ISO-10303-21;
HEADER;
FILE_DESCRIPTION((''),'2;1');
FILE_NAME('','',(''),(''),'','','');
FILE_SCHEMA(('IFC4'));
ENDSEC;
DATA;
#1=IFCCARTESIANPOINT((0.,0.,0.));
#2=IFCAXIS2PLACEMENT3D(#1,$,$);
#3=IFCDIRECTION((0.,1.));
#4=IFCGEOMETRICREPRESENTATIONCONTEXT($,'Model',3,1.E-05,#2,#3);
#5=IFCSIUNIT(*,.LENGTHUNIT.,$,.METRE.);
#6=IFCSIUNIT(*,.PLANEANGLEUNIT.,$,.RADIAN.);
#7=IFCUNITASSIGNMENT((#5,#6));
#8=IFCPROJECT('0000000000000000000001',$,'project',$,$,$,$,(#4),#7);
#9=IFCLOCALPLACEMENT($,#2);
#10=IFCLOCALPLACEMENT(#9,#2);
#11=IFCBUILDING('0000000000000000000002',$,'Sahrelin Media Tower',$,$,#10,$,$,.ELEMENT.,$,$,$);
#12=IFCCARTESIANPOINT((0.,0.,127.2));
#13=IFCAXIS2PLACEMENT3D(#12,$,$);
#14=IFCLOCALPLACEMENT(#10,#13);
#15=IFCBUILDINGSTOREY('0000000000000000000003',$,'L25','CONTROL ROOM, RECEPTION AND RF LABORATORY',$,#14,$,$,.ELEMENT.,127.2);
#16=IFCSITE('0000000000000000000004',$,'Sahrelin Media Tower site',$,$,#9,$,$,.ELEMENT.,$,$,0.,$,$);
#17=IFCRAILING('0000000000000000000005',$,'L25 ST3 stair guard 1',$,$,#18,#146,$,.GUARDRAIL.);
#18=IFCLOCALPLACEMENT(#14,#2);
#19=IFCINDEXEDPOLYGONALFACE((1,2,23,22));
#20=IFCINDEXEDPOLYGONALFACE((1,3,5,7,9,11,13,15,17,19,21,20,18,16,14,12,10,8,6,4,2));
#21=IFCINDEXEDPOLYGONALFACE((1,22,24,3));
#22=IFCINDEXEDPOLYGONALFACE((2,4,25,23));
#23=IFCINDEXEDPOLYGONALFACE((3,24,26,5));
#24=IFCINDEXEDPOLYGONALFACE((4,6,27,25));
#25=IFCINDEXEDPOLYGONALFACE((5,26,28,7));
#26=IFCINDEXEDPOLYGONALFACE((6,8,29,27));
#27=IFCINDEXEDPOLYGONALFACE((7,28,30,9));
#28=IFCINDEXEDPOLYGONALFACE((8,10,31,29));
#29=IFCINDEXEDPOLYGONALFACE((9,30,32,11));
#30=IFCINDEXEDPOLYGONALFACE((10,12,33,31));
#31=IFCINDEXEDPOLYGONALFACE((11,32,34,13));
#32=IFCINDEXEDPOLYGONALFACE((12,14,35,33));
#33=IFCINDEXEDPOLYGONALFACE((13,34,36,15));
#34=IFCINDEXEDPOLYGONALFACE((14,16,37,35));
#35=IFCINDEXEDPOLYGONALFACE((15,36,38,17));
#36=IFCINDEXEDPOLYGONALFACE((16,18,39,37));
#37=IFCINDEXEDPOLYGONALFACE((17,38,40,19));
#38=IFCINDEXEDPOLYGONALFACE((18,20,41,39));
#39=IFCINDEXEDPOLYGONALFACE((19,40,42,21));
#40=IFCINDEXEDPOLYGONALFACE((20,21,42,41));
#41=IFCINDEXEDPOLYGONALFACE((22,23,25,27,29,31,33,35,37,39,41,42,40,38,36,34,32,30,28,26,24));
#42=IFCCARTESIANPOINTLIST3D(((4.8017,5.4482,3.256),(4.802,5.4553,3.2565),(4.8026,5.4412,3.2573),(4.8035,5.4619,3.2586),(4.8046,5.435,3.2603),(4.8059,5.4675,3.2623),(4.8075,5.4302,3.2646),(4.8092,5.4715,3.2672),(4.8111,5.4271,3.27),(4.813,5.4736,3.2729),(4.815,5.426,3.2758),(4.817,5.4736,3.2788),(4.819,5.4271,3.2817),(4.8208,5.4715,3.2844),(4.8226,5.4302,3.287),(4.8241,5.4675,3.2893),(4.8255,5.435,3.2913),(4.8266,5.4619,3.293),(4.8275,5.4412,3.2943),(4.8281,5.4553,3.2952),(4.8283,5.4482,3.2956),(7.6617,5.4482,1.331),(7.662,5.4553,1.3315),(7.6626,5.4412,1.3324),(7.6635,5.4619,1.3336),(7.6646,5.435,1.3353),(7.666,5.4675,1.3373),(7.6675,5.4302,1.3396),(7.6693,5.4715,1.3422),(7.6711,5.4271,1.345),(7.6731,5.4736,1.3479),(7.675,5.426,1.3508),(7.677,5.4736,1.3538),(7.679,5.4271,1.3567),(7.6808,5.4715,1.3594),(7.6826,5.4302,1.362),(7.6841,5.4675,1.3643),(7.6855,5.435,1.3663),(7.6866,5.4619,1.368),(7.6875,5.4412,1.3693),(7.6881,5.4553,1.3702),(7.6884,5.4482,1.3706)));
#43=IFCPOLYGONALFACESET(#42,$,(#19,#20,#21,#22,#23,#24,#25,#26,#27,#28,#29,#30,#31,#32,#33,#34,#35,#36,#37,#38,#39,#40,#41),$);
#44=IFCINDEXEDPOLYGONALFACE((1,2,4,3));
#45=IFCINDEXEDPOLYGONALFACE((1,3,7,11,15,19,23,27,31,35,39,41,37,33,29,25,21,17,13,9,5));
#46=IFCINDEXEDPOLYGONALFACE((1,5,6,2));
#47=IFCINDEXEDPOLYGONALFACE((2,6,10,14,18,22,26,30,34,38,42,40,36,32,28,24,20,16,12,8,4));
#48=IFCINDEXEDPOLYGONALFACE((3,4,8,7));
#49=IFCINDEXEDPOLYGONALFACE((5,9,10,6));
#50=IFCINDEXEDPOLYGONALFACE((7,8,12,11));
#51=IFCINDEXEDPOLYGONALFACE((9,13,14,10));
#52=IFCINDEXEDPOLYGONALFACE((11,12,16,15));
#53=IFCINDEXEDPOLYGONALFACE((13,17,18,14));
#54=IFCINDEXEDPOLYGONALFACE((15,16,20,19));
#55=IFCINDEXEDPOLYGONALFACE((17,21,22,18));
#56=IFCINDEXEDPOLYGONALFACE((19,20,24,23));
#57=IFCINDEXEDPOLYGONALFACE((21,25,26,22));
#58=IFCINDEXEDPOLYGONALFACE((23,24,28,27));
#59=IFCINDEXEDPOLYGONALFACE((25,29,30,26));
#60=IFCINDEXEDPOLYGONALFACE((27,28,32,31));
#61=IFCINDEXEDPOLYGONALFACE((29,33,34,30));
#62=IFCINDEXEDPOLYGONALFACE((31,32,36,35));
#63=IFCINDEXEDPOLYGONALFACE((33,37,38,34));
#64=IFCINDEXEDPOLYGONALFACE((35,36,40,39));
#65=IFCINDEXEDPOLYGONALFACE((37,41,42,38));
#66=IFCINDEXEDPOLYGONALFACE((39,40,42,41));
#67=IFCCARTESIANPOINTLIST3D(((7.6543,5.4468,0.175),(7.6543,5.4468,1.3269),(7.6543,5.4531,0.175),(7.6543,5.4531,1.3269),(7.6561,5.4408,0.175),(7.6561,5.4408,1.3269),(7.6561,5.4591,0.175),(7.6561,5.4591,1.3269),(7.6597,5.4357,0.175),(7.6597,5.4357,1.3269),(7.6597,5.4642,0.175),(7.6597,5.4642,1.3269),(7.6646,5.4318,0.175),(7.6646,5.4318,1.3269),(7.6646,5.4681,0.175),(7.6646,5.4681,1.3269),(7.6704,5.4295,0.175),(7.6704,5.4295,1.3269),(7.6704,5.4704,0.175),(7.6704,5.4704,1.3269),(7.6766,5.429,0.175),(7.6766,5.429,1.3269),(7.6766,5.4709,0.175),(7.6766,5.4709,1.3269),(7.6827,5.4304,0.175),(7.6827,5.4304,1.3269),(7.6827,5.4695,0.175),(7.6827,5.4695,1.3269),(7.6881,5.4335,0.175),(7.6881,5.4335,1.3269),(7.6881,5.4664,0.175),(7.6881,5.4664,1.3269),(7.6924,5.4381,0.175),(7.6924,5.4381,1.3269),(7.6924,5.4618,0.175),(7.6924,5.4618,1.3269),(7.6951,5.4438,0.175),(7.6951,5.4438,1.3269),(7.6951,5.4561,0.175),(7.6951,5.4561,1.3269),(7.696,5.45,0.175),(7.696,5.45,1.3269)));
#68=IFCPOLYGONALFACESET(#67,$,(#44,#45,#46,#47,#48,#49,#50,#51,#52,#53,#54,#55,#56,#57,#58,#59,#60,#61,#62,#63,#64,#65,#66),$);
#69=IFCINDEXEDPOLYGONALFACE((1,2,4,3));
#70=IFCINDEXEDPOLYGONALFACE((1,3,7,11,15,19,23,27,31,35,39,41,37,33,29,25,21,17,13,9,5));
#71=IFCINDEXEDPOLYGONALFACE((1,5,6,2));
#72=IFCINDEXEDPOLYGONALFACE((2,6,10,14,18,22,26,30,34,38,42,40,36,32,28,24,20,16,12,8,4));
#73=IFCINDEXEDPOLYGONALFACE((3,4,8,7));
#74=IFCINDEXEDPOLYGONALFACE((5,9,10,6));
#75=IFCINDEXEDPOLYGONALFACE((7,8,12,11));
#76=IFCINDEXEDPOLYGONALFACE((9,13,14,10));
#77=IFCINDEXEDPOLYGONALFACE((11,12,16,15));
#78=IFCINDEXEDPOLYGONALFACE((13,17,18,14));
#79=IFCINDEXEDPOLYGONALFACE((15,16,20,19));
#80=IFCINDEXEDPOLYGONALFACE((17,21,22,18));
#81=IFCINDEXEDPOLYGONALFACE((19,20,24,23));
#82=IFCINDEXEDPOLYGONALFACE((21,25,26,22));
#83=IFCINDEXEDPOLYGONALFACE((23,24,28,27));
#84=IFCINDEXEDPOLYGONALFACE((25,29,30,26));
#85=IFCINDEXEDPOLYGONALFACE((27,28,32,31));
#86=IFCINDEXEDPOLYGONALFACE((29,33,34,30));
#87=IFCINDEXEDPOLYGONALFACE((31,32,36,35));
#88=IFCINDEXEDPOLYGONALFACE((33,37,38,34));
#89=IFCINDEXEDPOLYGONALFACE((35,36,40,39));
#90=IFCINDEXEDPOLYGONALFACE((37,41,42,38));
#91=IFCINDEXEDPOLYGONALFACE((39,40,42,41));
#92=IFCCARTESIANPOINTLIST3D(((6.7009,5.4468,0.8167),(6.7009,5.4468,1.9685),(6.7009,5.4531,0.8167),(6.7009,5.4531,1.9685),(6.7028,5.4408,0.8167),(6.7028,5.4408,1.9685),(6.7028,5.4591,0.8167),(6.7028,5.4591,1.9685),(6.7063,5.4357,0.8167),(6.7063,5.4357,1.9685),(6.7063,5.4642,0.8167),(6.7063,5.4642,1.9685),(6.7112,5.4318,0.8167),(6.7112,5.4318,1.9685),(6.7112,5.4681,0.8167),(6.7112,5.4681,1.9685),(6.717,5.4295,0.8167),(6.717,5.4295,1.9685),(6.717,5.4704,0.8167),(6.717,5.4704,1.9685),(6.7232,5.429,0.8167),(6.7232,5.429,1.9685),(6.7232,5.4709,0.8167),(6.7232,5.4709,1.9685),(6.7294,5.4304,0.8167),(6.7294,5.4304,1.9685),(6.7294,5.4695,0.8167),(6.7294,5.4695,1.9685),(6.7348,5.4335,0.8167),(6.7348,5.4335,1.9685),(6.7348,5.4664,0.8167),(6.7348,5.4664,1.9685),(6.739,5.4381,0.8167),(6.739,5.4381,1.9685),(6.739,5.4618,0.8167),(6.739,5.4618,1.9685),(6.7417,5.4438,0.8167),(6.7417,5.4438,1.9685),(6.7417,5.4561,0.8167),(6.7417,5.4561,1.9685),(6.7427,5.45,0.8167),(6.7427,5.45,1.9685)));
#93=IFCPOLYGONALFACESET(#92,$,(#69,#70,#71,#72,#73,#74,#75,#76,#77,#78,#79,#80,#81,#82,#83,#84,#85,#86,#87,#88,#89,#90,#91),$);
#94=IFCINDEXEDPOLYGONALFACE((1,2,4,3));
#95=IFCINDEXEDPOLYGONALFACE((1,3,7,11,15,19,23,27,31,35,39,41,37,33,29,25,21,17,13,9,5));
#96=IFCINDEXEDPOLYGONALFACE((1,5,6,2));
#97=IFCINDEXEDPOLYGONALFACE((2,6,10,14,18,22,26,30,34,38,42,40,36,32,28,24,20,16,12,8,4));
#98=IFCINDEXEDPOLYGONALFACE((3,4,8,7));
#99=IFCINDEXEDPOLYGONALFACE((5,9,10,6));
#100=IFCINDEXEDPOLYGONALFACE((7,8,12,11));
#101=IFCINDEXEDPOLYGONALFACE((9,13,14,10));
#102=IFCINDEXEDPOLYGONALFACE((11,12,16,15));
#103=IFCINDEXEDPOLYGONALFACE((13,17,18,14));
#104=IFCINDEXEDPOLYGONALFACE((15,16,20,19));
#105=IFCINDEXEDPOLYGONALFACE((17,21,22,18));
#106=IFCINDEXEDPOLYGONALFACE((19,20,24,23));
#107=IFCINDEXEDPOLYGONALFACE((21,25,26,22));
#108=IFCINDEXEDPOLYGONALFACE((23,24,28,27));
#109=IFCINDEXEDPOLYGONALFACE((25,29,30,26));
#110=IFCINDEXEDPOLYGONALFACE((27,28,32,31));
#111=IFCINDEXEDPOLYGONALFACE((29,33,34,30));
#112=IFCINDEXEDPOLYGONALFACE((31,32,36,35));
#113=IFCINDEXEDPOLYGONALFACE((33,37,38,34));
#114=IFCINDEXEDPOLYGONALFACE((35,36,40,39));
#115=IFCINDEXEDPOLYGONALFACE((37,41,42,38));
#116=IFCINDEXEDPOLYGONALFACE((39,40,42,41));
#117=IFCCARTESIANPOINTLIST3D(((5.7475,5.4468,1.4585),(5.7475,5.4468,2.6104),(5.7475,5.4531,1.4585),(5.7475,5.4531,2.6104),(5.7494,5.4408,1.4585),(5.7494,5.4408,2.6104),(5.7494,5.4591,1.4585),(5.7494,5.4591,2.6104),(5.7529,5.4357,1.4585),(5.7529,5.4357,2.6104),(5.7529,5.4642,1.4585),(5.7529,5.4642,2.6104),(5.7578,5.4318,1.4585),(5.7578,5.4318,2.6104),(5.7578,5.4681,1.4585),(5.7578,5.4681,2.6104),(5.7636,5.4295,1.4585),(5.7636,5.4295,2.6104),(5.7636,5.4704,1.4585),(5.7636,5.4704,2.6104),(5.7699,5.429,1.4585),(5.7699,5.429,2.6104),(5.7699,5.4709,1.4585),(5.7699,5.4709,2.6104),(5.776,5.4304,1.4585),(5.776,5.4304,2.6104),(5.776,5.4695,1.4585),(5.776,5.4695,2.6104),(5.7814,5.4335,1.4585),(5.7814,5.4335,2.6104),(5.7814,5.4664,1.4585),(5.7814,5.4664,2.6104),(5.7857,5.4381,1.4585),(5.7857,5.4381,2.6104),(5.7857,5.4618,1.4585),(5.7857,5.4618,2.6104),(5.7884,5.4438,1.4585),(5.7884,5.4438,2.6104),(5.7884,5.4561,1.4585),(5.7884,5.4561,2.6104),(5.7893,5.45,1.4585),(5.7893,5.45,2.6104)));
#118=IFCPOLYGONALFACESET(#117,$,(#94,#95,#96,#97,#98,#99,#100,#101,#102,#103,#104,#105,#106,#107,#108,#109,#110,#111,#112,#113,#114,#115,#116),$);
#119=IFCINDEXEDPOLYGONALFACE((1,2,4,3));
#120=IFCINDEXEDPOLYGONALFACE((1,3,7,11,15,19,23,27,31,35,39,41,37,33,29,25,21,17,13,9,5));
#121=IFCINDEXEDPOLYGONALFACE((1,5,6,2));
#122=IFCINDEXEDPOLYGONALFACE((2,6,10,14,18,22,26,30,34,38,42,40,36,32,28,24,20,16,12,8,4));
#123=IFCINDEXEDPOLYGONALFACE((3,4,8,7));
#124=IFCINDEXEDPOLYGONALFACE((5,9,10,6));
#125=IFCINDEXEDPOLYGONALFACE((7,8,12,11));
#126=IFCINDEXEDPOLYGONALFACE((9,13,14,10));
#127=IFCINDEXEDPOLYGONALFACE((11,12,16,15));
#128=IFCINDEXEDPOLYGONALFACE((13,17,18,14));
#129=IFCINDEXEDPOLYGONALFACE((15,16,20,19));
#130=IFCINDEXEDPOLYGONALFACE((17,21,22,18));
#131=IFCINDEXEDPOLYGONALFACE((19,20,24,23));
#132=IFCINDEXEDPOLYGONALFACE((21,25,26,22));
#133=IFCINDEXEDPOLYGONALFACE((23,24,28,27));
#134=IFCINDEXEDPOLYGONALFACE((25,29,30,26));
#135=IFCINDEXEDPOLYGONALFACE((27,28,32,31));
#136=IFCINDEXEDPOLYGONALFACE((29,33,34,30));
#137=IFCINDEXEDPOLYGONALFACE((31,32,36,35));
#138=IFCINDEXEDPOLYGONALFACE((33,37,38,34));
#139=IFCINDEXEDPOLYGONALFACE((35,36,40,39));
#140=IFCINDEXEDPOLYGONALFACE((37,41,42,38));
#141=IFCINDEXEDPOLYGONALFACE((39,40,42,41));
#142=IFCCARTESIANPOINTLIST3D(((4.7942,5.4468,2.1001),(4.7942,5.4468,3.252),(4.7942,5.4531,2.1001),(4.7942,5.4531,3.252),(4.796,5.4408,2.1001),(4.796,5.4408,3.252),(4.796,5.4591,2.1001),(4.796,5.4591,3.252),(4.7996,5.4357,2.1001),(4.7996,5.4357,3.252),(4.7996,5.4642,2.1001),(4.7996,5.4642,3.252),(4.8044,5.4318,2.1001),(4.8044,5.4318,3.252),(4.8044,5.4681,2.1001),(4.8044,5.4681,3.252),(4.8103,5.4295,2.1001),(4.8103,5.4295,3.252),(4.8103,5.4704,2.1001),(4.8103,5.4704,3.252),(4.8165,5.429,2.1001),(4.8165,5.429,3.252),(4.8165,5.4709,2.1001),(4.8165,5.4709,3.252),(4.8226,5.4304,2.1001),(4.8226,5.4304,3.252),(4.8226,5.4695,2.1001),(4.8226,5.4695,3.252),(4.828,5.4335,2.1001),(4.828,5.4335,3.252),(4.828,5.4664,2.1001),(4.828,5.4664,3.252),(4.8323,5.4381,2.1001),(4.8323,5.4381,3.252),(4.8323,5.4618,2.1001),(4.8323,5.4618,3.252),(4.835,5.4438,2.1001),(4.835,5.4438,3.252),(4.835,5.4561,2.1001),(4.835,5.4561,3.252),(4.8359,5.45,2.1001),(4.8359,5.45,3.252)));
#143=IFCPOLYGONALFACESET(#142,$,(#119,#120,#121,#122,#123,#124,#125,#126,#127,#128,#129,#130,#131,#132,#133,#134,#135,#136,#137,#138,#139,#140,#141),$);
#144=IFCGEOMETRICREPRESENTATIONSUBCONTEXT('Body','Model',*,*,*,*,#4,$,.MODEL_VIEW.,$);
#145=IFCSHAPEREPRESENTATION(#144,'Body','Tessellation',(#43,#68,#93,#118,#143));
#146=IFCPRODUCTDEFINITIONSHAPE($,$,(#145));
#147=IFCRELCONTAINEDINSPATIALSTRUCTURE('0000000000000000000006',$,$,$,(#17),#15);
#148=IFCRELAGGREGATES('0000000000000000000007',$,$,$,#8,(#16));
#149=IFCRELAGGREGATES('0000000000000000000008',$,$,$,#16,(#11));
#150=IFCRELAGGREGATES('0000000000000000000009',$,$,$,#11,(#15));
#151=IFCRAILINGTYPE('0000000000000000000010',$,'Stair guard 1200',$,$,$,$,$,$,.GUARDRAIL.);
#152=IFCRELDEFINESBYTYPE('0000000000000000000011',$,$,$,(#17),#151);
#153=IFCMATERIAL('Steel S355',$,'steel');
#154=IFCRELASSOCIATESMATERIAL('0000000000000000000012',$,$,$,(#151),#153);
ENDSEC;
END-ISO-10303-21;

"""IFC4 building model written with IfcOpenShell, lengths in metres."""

from ifc_helpers import new_model, si_unit, direction, frame, origin, origin_2d, place, context, subcontext, project, spatial, circle, extrude, material, type_object, element, save


model = new_model("IFC4")

# Units and contexts
model_context = context("Model", 3, precision=1e-05, world=origin(), true_north=direction((0.0, 1.0)))
body_context = subcontext(model_context, "Body", "Model", "MODEL_VIEW")
ifc_project = project(units=[si_unit("LENGTHUNIT", "METRE"), si_unit("PLANEANGLEUNIT", "RADIAN")], contexts=[model_context])

# Site, building, storey
site_placement = place(None, origin())
site = spatial("IfcSite", under=ifc_project, at=site_placement, Name="Sahrelin Media Tower site", CompositionType="ELEMENT", RefElevation=0.0)
building_placement = place(site_placement, origin())
building = spatial("IfcBuilding", under=site, at=building_placement, Name="Sahrelin Media Tower", CompositionType="ELEMENT")
storey_placement = place(building_placement, frame((0.0, 0.0, 127.2)))
storey = spatial("IfcBuildingStorey", under=building, at=storey_placement, Name="L25", Description="CONTROL ROOM, RECEPTION AND RF LABORATORY", CompositionType="ELEMENT", Elevation=127.2)

# Shared definitions
ifc_material_1 = material(Name="Steel S355", Category="steel")

# Railing
railing_type_1 = type_object("IfcRailingType", Name="Stair guard 1200", PredefinedType="GUARDRAIL", material=ifc_material_1)
railing_1_placement = place(storey_placement, frame((7.675, 5.45, 0.175)))
element("IfcRailing", 1, at=railing_1_placement, inside=storey, type_object=railing_type_1, Name="L25 ST3 stair guard 1", PredefinedType="GUARDRAIL", context=body_context, shape_type="SweptSolid", body=[
    extrude(circle(Radius=0.0239, at=origin_2d()), frame((0.0, 0.0, 1.1758), z_axis=(-0.829591, 0.0, 0.558372), x_axis=(0.0, -1.0, 0.0)), (0.0, 0.0, 1.0), 3.4475),
    extrude(circle(Radius=0.021, at=origin_2d()), origin(), (0.0, 0.0, 1.0), 1.1519),
    extrude(circle(Radius=0.021, at=origin_2d()), frame((-0.9534, 0.0, 0.6416)), (0.0, 0.0, 1.0), 1.1519),
    extrude(circle(Radius=0.021, at=origin_2d()), frame((-1.9067, 0.0, 1.2834)), (0.0, 0.0, 1.0), 1.1519),
    extrude(circle(Radius=0.021, at=origin_2d()), frame((-2.8601, 0.0, 1.925)), (0.0, 0.0, 1.0), 1.1519),
])

save(model, "model.ifc")
